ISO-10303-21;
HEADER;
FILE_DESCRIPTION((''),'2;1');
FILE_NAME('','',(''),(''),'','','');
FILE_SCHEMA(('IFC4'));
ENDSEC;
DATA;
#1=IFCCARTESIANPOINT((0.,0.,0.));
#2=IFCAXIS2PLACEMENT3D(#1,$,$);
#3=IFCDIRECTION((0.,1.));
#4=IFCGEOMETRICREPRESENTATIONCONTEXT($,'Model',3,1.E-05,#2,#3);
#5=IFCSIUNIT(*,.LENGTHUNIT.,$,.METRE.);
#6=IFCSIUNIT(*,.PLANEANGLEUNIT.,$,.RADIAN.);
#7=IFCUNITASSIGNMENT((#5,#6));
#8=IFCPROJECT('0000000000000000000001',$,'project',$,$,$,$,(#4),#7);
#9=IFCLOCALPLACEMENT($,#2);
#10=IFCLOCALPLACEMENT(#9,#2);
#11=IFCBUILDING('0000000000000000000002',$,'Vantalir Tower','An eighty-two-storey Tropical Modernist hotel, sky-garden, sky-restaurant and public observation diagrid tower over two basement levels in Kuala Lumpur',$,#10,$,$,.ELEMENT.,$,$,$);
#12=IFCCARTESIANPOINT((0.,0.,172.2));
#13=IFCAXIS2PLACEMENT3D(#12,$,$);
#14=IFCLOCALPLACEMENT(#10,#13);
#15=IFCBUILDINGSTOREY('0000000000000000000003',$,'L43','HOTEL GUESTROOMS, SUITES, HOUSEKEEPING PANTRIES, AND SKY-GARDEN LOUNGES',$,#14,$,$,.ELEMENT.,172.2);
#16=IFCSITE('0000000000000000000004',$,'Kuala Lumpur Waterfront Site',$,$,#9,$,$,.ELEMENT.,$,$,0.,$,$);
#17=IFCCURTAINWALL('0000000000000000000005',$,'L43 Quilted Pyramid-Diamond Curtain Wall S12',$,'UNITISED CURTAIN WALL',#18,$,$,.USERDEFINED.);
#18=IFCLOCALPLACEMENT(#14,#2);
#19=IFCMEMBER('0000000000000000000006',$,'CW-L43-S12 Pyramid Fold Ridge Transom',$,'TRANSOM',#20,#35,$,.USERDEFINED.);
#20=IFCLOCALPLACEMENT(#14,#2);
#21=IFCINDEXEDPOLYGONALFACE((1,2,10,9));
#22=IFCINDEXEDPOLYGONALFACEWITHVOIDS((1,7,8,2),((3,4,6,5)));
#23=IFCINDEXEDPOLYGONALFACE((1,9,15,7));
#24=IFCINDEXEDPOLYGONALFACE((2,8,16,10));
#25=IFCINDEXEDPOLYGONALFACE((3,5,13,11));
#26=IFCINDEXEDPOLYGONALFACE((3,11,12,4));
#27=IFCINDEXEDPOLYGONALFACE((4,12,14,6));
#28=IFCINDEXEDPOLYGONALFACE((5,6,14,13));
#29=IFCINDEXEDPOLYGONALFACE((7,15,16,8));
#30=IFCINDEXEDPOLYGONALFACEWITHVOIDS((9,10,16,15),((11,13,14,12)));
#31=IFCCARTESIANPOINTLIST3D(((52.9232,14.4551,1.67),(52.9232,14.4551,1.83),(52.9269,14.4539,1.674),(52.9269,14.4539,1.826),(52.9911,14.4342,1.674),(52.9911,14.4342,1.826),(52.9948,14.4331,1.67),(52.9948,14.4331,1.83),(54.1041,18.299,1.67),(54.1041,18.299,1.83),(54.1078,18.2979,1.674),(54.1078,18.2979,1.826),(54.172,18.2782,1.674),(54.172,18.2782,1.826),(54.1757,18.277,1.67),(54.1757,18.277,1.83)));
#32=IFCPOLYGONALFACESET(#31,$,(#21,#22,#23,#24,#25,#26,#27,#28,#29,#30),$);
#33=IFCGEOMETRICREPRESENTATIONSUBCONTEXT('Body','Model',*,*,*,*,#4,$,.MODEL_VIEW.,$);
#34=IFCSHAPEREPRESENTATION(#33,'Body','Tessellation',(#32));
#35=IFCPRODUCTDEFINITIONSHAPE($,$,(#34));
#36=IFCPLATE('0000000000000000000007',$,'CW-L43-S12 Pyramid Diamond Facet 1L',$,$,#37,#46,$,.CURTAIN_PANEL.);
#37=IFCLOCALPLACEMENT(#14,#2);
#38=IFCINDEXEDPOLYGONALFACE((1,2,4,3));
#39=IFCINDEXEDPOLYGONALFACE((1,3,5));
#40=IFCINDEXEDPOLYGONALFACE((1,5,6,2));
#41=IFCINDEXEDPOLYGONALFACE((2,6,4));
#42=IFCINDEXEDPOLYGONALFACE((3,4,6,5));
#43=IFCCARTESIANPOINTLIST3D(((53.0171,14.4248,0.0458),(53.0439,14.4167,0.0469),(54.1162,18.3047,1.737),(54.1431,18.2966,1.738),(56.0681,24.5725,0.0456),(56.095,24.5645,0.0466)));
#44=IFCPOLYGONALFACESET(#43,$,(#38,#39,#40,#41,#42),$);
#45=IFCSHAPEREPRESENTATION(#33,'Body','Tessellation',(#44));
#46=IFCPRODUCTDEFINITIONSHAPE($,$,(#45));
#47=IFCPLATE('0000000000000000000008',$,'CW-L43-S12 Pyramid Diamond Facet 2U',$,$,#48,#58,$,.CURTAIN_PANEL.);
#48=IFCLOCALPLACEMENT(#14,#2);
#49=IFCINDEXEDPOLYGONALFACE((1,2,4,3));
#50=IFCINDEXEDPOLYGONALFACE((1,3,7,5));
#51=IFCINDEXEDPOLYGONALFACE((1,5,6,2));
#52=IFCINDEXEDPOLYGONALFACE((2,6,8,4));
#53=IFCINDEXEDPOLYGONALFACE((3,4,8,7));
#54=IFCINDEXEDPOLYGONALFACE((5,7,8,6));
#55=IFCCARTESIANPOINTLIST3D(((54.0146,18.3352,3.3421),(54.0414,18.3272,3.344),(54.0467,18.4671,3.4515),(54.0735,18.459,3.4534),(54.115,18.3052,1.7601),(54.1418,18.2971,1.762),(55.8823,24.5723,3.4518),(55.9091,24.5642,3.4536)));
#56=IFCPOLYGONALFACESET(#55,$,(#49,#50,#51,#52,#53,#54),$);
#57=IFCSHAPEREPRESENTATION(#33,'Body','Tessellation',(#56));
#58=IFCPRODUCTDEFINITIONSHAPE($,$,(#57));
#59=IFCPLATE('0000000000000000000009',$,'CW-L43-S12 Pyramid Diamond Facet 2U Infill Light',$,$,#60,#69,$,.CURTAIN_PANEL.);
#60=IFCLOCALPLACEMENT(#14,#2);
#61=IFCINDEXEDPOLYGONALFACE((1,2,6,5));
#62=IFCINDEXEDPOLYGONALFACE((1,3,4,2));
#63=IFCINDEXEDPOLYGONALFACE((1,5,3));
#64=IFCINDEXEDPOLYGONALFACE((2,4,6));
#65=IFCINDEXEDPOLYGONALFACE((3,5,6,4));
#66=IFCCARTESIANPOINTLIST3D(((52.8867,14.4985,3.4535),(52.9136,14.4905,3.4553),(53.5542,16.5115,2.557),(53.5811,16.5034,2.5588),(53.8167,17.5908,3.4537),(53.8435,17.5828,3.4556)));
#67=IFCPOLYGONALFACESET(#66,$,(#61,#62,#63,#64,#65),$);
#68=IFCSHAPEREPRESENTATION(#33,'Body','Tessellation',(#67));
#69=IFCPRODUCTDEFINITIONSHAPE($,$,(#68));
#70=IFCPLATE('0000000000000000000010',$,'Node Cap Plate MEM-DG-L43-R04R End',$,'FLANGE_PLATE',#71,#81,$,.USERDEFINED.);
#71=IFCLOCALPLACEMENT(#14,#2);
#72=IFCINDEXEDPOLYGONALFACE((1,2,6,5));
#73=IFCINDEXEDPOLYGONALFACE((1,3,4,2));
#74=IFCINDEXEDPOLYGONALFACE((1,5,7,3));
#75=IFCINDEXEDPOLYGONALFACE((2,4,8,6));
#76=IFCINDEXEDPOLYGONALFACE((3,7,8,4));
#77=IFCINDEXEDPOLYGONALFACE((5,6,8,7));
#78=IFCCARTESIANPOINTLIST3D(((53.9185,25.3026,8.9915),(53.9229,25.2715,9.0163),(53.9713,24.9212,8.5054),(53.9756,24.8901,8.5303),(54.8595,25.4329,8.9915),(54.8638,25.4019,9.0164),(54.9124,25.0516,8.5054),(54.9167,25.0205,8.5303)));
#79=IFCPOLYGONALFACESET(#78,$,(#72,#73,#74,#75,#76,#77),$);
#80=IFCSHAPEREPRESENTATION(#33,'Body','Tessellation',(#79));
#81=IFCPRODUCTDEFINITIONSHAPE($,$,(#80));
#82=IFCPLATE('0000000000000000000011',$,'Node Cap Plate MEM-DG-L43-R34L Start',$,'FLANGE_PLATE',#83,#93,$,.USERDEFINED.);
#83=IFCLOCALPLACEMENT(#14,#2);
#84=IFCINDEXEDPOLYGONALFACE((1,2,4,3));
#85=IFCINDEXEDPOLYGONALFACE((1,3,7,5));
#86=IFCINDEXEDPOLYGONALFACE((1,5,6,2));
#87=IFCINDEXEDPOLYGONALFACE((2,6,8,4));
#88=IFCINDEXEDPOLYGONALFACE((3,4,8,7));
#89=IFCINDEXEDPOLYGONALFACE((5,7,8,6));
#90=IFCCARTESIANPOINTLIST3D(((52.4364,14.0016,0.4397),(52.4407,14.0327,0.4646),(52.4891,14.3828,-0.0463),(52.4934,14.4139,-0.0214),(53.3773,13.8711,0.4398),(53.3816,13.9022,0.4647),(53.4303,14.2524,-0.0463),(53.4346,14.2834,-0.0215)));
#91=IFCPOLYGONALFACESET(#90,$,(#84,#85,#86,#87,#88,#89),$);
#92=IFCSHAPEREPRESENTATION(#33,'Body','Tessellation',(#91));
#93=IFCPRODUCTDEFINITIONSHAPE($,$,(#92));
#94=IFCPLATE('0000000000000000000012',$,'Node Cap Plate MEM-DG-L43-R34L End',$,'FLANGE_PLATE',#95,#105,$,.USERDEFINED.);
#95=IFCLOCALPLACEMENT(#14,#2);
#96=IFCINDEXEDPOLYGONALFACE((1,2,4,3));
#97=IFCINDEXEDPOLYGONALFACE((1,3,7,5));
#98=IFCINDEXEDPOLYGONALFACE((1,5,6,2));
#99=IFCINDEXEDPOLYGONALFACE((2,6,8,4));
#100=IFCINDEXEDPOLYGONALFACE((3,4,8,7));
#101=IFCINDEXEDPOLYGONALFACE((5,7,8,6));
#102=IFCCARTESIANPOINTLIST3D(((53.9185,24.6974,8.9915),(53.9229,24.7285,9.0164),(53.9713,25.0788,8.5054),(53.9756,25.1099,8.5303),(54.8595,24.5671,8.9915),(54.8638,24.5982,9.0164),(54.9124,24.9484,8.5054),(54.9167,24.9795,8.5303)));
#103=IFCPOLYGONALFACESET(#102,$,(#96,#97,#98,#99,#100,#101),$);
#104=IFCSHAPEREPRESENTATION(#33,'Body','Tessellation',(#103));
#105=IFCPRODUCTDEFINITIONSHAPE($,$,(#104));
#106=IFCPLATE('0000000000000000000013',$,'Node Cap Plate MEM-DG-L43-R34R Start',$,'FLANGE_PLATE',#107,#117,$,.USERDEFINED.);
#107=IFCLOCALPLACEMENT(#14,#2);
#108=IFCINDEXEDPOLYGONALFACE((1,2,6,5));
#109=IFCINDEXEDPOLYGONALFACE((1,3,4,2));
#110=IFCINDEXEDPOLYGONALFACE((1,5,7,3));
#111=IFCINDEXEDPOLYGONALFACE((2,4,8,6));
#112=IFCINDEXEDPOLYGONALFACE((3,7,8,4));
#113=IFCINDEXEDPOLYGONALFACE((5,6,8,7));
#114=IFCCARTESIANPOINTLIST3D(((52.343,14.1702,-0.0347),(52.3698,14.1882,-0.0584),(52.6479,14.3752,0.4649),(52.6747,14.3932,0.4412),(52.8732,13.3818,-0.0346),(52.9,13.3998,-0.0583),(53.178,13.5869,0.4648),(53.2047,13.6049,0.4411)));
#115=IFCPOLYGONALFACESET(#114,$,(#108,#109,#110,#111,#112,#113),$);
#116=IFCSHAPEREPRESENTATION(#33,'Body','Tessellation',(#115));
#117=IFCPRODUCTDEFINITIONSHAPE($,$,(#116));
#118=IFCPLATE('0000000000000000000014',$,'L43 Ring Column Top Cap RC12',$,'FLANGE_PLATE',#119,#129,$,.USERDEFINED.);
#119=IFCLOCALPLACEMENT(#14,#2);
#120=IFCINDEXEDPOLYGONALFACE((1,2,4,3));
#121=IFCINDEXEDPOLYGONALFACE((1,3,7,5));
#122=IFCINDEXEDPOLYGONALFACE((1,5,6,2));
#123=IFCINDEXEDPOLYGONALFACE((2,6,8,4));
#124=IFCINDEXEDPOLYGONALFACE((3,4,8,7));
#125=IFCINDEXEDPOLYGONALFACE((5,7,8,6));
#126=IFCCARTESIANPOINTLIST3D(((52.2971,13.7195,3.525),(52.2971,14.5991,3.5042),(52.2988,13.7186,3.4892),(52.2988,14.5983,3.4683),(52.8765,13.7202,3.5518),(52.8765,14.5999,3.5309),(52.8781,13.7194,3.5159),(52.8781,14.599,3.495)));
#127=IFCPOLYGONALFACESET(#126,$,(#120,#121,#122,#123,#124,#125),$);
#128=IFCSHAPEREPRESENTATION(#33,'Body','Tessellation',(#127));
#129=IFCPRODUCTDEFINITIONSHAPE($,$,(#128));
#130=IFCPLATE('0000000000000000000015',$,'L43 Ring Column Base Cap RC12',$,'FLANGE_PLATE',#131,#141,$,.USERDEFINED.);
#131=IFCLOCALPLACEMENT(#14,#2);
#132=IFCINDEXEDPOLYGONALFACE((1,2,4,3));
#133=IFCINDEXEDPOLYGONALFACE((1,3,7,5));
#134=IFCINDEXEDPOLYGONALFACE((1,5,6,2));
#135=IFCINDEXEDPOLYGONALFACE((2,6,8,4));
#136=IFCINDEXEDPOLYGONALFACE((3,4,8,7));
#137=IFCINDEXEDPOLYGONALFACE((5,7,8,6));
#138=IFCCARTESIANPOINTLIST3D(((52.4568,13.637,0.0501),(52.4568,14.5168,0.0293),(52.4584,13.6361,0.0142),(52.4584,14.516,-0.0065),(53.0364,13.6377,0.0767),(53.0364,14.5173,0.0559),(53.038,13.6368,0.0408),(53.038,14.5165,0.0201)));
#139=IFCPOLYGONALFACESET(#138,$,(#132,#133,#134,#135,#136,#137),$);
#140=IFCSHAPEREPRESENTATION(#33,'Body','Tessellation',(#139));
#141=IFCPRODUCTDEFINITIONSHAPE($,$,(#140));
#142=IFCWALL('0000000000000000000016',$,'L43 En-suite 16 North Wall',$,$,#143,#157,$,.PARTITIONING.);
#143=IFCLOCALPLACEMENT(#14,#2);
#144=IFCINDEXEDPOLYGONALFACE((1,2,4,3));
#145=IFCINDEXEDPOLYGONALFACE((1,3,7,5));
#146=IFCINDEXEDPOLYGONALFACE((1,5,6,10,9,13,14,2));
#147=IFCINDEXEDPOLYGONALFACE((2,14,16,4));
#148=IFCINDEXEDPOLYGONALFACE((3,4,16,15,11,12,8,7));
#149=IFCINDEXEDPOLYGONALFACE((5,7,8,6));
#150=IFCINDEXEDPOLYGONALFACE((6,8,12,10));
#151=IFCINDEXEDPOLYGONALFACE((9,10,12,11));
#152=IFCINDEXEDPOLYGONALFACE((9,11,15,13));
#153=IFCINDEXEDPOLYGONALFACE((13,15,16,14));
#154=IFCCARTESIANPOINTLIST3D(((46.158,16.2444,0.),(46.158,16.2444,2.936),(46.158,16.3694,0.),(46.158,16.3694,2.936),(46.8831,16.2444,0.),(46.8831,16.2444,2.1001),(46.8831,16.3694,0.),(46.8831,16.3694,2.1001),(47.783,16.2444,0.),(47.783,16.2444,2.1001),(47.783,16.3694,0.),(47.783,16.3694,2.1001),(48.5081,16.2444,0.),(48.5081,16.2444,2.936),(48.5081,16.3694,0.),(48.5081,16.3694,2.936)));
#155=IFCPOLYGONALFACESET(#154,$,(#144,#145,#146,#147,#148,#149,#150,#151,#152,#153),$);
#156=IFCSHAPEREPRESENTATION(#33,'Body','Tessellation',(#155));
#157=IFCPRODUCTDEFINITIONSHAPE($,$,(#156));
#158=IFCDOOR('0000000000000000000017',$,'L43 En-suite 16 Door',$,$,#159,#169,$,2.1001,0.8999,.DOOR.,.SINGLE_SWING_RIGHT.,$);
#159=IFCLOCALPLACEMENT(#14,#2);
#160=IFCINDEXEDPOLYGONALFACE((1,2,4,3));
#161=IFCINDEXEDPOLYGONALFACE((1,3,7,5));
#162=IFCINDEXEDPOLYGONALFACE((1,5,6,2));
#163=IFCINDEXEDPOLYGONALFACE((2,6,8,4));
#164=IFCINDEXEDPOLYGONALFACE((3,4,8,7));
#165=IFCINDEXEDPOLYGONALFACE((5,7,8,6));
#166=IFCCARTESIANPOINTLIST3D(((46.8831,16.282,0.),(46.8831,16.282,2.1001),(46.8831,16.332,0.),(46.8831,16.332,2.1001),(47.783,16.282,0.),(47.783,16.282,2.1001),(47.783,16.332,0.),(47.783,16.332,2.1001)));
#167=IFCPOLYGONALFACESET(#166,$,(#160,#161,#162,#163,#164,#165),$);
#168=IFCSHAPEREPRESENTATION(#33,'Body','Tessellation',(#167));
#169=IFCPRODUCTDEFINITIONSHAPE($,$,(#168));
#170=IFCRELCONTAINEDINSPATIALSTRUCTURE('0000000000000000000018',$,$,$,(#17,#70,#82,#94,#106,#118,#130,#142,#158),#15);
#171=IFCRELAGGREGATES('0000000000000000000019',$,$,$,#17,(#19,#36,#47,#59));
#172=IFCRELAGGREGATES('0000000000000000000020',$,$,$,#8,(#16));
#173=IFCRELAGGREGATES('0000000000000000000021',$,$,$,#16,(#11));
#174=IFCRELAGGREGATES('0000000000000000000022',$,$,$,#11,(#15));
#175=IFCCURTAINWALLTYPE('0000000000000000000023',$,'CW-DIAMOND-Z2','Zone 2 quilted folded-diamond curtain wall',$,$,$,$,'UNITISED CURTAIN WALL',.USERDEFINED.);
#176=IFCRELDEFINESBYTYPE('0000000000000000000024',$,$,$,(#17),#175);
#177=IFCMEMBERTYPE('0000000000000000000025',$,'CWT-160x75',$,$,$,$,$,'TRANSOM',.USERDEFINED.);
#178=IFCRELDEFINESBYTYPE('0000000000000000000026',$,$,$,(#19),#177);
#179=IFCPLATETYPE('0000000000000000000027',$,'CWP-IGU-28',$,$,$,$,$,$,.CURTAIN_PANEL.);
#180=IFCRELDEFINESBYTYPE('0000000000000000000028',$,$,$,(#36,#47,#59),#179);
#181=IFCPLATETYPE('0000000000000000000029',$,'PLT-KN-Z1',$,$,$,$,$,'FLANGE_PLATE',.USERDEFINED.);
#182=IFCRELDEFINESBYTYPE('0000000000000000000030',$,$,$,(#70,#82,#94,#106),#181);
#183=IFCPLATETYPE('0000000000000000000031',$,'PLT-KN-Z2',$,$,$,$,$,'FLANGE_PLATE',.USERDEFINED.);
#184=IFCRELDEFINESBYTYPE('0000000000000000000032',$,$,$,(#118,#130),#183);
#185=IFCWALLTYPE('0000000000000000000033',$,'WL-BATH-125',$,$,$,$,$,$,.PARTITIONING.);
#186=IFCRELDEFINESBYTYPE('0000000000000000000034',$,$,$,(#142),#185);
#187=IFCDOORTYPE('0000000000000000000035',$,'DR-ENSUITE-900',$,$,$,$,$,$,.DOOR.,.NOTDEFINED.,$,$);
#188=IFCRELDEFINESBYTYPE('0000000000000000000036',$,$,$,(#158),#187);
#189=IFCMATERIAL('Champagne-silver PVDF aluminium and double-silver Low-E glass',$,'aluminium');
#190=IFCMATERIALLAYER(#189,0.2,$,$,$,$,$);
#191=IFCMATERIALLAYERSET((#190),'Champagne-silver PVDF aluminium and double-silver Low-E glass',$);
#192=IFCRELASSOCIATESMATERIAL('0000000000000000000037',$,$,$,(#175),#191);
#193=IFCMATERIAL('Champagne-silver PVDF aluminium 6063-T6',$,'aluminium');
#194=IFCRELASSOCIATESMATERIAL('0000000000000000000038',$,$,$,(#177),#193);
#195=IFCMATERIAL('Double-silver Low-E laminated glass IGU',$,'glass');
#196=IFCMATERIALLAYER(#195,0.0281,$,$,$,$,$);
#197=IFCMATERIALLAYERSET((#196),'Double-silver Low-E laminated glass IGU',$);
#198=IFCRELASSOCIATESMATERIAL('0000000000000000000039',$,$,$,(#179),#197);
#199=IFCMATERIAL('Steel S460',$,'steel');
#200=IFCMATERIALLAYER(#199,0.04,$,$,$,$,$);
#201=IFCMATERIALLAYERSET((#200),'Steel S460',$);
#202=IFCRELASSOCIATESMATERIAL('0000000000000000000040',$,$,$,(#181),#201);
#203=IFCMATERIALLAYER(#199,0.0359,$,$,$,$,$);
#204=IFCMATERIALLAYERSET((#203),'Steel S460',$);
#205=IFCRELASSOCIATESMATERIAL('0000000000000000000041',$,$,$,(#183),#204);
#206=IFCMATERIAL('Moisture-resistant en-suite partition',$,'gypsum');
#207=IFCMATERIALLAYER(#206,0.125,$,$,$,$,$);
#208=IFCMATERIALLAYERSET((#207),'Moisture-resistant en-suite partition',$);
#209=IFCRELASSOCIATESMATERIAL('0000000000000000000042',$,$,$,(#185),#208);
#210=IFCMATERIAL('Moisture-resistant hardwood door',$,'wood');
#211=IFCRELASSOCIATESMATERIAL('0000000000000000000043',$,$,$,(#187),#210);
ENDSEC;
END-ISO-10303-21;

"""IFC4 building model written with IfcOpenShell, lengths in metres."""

from ifc_helpers import new_model, si_unit, direction, frame, frame_2d, origin, origin_2d, place, context, subcontext, project, spatial, polyline, rectangle, hollow_rectangle, outline, extrude, material, layer, layer_set, material_profile, profile_set, type_object, element, fill, aggregate, save


model = new_model("IFC4")

# Units and contexts
model_context = context("Model", 3, precision=1e-05, world=origin(), true_north=direction((0.0, 1.0)))
body_context = subcontext(model_context, "Body", "Model", "MODEL_VIEW")
ifc_project = project(units=[si_unit("LENGTHUNIT", "METRE"), si_unit("PLANEANGLEUNIT", "RADIAN")], contexts=[model_context])

# Site, building, storey
site_placement = place(None, origin())
site = spatial("IfcSite", under=ifc_project, at=site_placement, Name="Kuala Lumpur Waterfront Site", CompositionType="ELEMENT", RefElevation=0.0)
building_placement = place(site_placement, origin())
building = spatial("IfcBuilding", under=site, at=building_placement, Name="Vantalir Tower", Description="An eighty-two-storey Tropical Modernist hotel, sky-garden, sky-restaurant and public observation diagrid tower over two basement levels in Kuala Lumpur", CompositionType="ELEMENT")
storey_placement = place(building_placement, frame((0.0, 0.0, 172.2)))
storey = spatial("IfcBuildingStorey", under=building, at=storey_placement, Name="L43", Description="HOTEL GUESTROOMS, SUITES, HOUSEKEEPING PANTRIES, AND SKY-GARDEN LOUNGES", CompositionType="ELEMENT", Elevation=172.2)

# Shared definitions
ifc_material_1 = material(Name="Steel S460", Category="steel")

# Curtain wall
ifc_material_2 = material(Name="Champagne-silver PVDF aluminium and double-silver Low-E glass", Category="aluminium")
ifc_layer_1 = layer(ifc_material_2, 0.2)
ifc_layer_set_1 = layer_set([ifc_layer_1], Name="Champagne-silver PVDF aluminium and double-silver Low-E glass")
curtain_wall_type = type_object("IfcCurtainWallType", Name="CW-DIAMOND-Z2", Description="Zone 2 quilted folded-diamond curtain wall", ElementType="UNITISED CURTAIN WALL", PredefinedType="USERDEFINED", material=ifc_layer_set_1)
curtain_wall_1_placement = place(storey_placement, origin())
curtain_wall_1 = element("IfcCurtainWall", 1, at=curtain_wall_1_placement, inside=storey, type_object=curtain_wall_type, Name="L43 Quilted Pyramid-Diamond Curtain Wall S12", ObjectType="UNITISED CURTAIN WALL", PredefinedType="USERDEFINED")
ifc_material_3 = material(Name="Champagne-silver PVDF aluminium 6063-T6", Category="aluminium")

# Shared definitions
ifc_material_profile_1 = material_profile(ifc_material_3, hollow_rectangle(XDim=0.075, YDim=0.1599, WallThickness=0.0039, at=origin_2d()), Name="Champagne-silver PVDF aluminium 6063-T6")
ifc_profile_set_1 = profile_set([ifc_material_profile_1], Name="Champagne-silver PVDF aluminium 6063-T6")
member_type_1 = type_object("IfcMemberType", Name="CWT-160x75", ElementType="TRANSOM", PredefinedType="USERDEFINED", material=ifc_profile_set_1)

# Member
member_1_placement = place(storey_placement, frame((52.959, 14.4441, 1.75), z_axis=(0.293663, 0.955909, 0.0), x_axis=(-0.955909, 0.293663, 0.0)))
member_1 = element("IfcMember", 2, at=member_1_placement, type_object=member_type_1, Name="CW-L43-S12 Pyramid Fold Ridge Transom", ObjectType="TRANSOM", PredefinedType="USERDEFINED", context=body_context, shape_type="SweptSolid", body=[
    extrude(hollow_rectangle(XDim=0.075, YDim=0.1599, WallThickness=0.0039, at=origin_2d()), origin(), (0.0, 0.0, 1.0), 4.0212),
])

# Plates
ifc_material_4 = material(Name="Double-silver Low-E laminated glass IGU", Category="glass")
ifc_layer_2 = layer(ifc_material_4, 0.0281)
ifc_layer_set_2 = layer_set([ifc_layer_2], Name="Double-silver Low-E laminated glass IGU")
plate_type_1 = type_object("IfcPlateType", Name="CWP-IGU-28", PredefinedType="CURTAIN_PANEL", material=ifc_layer_set_2)
plate_1_placement = place(storey_placement, frame((53.0439, 14.4167, 0.0469), z_axis=(0.956955, -0.287719, 0.038143), x_axis=(0.287929, 0.957652, -0.000023)))
plate_1 = element("IfcPlate", 3, at=plate_1_placement, type_object=plate_type_1, Name="CW-L43-S12 Pyramid Diamond Facet 1L", PredefinedType="CURTAIN_PANEL", context=body_context, shape_type="SweptSolid", body=[
    extrude(outline(polyline([(0.0, 0.0), (10.5964, 0.0), (4.032, 1.6925), (0.0, 0.0)])), origin(), (0.0, 0.0, -1.0), 0.0281),
])
plate_2_placement = place(storey_placement, frame((54.0735, 18.459, 3.4534), z_axis=(0.955556, -0.287301, 0.066114), x_axis=(0.287929, 0.957652, 0.000037)))
plate_2 = element("IfcPlate", 4, at=plate_2_placement, type_object=plate_type_1, Name="CW-L43-S12 Pyramid Diamond Facet 2U", PredefinedType="CURTAIN_PANEL", context=body_context, shape_type="SweptSolid", body=[
    extrude(outline(polyline([(0.0, 0.0), (6.3752, 0.0), (-0.1354, -1.6951), (-0.1355, -0.1096), (0.0, 0.0)])), origin(), (0.0, 0.0, -1.0), 0.0281),
])
plate_3_placement = place(storey_placement, frame((52.9136, 14.4905, 3.4553), z_axis=(0.955531, -0.287359, 0.066217), x_axis=(0.287986, 0.957635, 0.000076)))
plate_3 = element("IfcPlate", 5, at=plate_3_placement, type_object=plate_type_1, Name="CW-L43-S12 Pyramid Diamond Facet 2U Infill Light", PredefinedType="CURTAIN_PANEL", context=body_context, shape_type="SweptSolid", body=[
    extrude(outline(polyline([(0.0, 0.0), (3.2291, 0.0), (2.1198, -0.8986), (0.0, 0.0)])), origin(), (0.0, 0.0, -1.0), 0.0281),
])
aggregate(curtain_wall_1, [member_1, plate_1, plate_2, plate_3])

# Plates
ifc_layer_3 = layer(ifc_material_1, 0.04)
ifc_layer_set_3 = layer_set([ifc_layer_3], Name="Steel S460")
plate_type_2 = type_object("IfcPlateType", Name="PLT-KN-Z1", ElementType="FLANGE_PLATE", PredefinedType="USERDEFINED", material=ifc_layer_set_3)
plate_4_placement = place(storey_placement, frame((53.9756, 24.8901, 8.5303), z_axis=(0.107575, -0.776491, 0.620878), x_axis=(0.99054, 0.137222, -0.000009)))
element("IfcPlate", 6, at=plate_4_placement, inside=storey, type_object=plate_type_2, Name="Node Cap Plate MEM-DG-L43-R04R End", ObjectType="FLANGE_PLATE", PredefinedType="USERDEFINED", context=body_context, shape_type="SweptSolid", body=[
    extrude(outline(polyline([(0.0, 0.0), (0.9501, 0.0), (0.95, 0.6201), (0.0001, 0.6201), (0.0, 0.0)])), origin(), (0.0, 0.0, -1.0), 0.04),
])
plate_5_placement = place(storey_placement, frame((53.4346, 14.2834, -0.0215), z_axis=(0.107686, 0.776571, 0.620758), x_axis=(-0.99053, 0.137299, 0.000071)))
element("IfcPlate", 7, at=plate_5_placement, inside=storey, type_object=plate_type_2, Name="Node Cap Plate MEM-DG-L43-R34L Start", ObjectType="FLANGE_PLATE", PredefinedType="USERDEFINED", context=body_context, shape_type="SweptSolid", body=[
    extrude(outline(polyline([(0.0, 0.0), (0.9501, 0.0), (0.9501, 0.6199), (0.0002, 0.6201), (0.0, 0.0)])), origin(), (0.0, 0.0, -1.0), 0.04),
])
plate_6_placement = place(storey_placement, frame((54.9167, 24.9795, 8.5303), z_axis=(0.107575, 0.776491, 0.620878), x_axis=(-0.99054, 0.137222, 0.000009)))
element("IfcPlate", 8, at=plate_6_placement, inside=storey, type_object=plate_type_2, Name="Node Cap Plate MEM-DG-L43-R34L End", ObjectType="FLANGE_PLATE", PredefinedType="USERDEFINED", context=body_context, shape_type="SweptSolid", body=[
    extrude(outline(polyline([(0.0, 0.0), (0.9501, 0.0), (0.9501, 0.6201), (0.0002, 0.6201), (0.0, 0.0)])), origin(), (0.0, 0.0, -1.0), 0.04),
])
plate_7_placement = place(storey_placement, frame((52.343, 14.1702, -0.0347), z_axis=(-0.66848, -0.449552, 0.592484), x_axis=(0.558077, -0.829789, 0.000051)))
element("IfcPlate", 9, at=plate_7_placement, inside=storey, type_object=plate_type_2, Name="Node Cap Plate MEM-DG-L43-R34R Start", ObjectType="FLANGE_PLATE", PredefinedType="USERDEFINED", context=body_context, shape_type="SweptSolid", body=[
    extrude(outline(polyline([(0.0, 0.0), (0.9501, 0.0), (0.95, 0.62), (0.0, 0.6201), (0.0, 0.0)])), origin(), (0.0, 0.0, -1.0), 0.04),
])
ifc_layer_4 = layer(ifc_material_1, 0.0359)
ifc_layer_set_4 = layer_set([ifc_layer_4], Name="Steel S460")
plate_type_3 = type_object("IfcPlateType", Name="PLT-KN-Z2", ElementType="FLANGE_PLATE", PredefinedType="USERDEFINED", material=ifc_layer_set_4)
plate_8_placement = place(storey_placement, frame((52.2971, 14.5991, 3.5042), z_axis=(-0.046112, 0.023698, 0.998655), x_axis=(0.000006, -0.999719, 0.023724)))
element("IfcPlate", 10, at=plate_8_placement, inside=storey, type_object=plate_type_3, Name="L43 Ring Column Top Cap RC12", ObjectType="FLANGE_PLATE", PredefinedType="USERDEFINED", context=body_context, shape_type="SweptSolid", body=[
    extrude(outline(polyline([(0.0, 0.0), (0.8799, 0.0), (0.8798, 0.58), (-0.0001, 0.58), (0.0, 0.0)])), origin(), (0.0, 0.0, -1.0), 0.0359),
])
plate_9_placement = place(storey_placement, frame((52.4568, 14.5168, 0.0293), z_axis=(-0.045878, 0.023557, 0.998669), x_axis=(0.0, -0.999722, 0.023582)))
element("IfcPlate", 11, at=plate_9_placement, inside=storey, type_object=plate_type_3, Name="L43 Ring Column Base Cap RC12", ObjectType="FLANGE_PLATE", PredefinedType="USERDEFINED", context=body_context, shape_type="SweptSolid", body=[
    extrude(outline(polyline([(0.0, 0.0), (0.8801, 0.0), (0.88, 0.5802), (0.0001, 0.5802), (0.0, 0.0)])), origin(), (0.0, 0.0, -1.0), 0.0359),
])

# Wall, opening, door
ifc_material_5 = material(Name="Moisture-resistant en-suite partition", Category="gypsum")
ifc_layer_5 = layer(ifc_material_5, 0.125)
ifc_layer_set_5 = layer_set([ifc_layer_5], Name="Moisture-resistant en-suite partition")
wall_type_1 = type_object("IfcWallType", Name="WL-BATH-125", PredefinedType="PARTITIONING", material=ifc_layer_set_5)
wall_1_placement = place(storey_placement, frame((46.158, 16.3069, 0.0), z_axis=(0.0, 0.0, 1.0), x_axis=(1.0, 0.0, 0.0)))
wall_1 = element("IfcWall", 12, at=wall_1_placement, inside=storey, type_object=wall_type_1, Name="L43 En-suite 16 North Wall", PredefinedType="PARTITIONING", context=body_context, shape_type="SweptSolid", body=[
    extrude(rectangle(XDim=2.3501, YDim=0.125, at=frame_2d((1.175, 0.0))), origin(), (0.0, 0.0, 1.0), 2.936),
])
opening_1_placement = place(wall_1_placement, frame((0.7251, 0.0, 0.0)))
opening_1 = element("IfcOpeningElement", 13, at=opening_1_placement, cuts=wall_1, PredefinedType="OPENING", context=body_context, shape_type="SweptSolid", body=[
    extrude(rectangle(XDim=0.8999, YDim=2.1001, at=frame_2d((0.45, 1.05))), frame((0.0, 0.0725, 0.0), z_axis=(0.0, -1.0, 0.0), x_axis=(1.0, 0.0, 0.0)), (0.0, 0.0, 1.0), 0.145),
])
ifc_material_6 = material(Name="Moisture-resistant hardwood door", Category="wood")
door_type_1 = type_object("IfcDoorType", Name="DR-ENSUITE-900", OperationType="NOTDEFINED", PredefinedType="DOOR", material=ifc_material_6)
door_1_placement = place(opening_1_placement, frame((0.8999, 0.0, 0.0), z_axis=(0.0, 0.0, 1.0), x_axis=(-1.0, 0.0, 0.0)))
door_1 = element("IfcDoor", 14, at=door_1_placement, inside=storey, type_object=door_type_1, Name="L43 En-suite 16 Door", OperationType="SINGLE_SWING_RIGHT", OverallHeight=2.1001, OverallWidth=0.8999, PredefinedType="DOOR", context=body_context, shape_type="SweptSolid", body=[
    extrude(rectangle(XDim=0.8999, YDim=2.1001, at=frame_2d((0.45, 1.05))), frame((0.0, 0.0249, 0.0), z_axis=(0.0, -1.0, 0.0), x_axis=(1.0, 0.0, 0.0)), (0.0, 0.0, 1.0), 0.05),
])
fill(opening_1, door_1)

save(model, "model.ifc")
